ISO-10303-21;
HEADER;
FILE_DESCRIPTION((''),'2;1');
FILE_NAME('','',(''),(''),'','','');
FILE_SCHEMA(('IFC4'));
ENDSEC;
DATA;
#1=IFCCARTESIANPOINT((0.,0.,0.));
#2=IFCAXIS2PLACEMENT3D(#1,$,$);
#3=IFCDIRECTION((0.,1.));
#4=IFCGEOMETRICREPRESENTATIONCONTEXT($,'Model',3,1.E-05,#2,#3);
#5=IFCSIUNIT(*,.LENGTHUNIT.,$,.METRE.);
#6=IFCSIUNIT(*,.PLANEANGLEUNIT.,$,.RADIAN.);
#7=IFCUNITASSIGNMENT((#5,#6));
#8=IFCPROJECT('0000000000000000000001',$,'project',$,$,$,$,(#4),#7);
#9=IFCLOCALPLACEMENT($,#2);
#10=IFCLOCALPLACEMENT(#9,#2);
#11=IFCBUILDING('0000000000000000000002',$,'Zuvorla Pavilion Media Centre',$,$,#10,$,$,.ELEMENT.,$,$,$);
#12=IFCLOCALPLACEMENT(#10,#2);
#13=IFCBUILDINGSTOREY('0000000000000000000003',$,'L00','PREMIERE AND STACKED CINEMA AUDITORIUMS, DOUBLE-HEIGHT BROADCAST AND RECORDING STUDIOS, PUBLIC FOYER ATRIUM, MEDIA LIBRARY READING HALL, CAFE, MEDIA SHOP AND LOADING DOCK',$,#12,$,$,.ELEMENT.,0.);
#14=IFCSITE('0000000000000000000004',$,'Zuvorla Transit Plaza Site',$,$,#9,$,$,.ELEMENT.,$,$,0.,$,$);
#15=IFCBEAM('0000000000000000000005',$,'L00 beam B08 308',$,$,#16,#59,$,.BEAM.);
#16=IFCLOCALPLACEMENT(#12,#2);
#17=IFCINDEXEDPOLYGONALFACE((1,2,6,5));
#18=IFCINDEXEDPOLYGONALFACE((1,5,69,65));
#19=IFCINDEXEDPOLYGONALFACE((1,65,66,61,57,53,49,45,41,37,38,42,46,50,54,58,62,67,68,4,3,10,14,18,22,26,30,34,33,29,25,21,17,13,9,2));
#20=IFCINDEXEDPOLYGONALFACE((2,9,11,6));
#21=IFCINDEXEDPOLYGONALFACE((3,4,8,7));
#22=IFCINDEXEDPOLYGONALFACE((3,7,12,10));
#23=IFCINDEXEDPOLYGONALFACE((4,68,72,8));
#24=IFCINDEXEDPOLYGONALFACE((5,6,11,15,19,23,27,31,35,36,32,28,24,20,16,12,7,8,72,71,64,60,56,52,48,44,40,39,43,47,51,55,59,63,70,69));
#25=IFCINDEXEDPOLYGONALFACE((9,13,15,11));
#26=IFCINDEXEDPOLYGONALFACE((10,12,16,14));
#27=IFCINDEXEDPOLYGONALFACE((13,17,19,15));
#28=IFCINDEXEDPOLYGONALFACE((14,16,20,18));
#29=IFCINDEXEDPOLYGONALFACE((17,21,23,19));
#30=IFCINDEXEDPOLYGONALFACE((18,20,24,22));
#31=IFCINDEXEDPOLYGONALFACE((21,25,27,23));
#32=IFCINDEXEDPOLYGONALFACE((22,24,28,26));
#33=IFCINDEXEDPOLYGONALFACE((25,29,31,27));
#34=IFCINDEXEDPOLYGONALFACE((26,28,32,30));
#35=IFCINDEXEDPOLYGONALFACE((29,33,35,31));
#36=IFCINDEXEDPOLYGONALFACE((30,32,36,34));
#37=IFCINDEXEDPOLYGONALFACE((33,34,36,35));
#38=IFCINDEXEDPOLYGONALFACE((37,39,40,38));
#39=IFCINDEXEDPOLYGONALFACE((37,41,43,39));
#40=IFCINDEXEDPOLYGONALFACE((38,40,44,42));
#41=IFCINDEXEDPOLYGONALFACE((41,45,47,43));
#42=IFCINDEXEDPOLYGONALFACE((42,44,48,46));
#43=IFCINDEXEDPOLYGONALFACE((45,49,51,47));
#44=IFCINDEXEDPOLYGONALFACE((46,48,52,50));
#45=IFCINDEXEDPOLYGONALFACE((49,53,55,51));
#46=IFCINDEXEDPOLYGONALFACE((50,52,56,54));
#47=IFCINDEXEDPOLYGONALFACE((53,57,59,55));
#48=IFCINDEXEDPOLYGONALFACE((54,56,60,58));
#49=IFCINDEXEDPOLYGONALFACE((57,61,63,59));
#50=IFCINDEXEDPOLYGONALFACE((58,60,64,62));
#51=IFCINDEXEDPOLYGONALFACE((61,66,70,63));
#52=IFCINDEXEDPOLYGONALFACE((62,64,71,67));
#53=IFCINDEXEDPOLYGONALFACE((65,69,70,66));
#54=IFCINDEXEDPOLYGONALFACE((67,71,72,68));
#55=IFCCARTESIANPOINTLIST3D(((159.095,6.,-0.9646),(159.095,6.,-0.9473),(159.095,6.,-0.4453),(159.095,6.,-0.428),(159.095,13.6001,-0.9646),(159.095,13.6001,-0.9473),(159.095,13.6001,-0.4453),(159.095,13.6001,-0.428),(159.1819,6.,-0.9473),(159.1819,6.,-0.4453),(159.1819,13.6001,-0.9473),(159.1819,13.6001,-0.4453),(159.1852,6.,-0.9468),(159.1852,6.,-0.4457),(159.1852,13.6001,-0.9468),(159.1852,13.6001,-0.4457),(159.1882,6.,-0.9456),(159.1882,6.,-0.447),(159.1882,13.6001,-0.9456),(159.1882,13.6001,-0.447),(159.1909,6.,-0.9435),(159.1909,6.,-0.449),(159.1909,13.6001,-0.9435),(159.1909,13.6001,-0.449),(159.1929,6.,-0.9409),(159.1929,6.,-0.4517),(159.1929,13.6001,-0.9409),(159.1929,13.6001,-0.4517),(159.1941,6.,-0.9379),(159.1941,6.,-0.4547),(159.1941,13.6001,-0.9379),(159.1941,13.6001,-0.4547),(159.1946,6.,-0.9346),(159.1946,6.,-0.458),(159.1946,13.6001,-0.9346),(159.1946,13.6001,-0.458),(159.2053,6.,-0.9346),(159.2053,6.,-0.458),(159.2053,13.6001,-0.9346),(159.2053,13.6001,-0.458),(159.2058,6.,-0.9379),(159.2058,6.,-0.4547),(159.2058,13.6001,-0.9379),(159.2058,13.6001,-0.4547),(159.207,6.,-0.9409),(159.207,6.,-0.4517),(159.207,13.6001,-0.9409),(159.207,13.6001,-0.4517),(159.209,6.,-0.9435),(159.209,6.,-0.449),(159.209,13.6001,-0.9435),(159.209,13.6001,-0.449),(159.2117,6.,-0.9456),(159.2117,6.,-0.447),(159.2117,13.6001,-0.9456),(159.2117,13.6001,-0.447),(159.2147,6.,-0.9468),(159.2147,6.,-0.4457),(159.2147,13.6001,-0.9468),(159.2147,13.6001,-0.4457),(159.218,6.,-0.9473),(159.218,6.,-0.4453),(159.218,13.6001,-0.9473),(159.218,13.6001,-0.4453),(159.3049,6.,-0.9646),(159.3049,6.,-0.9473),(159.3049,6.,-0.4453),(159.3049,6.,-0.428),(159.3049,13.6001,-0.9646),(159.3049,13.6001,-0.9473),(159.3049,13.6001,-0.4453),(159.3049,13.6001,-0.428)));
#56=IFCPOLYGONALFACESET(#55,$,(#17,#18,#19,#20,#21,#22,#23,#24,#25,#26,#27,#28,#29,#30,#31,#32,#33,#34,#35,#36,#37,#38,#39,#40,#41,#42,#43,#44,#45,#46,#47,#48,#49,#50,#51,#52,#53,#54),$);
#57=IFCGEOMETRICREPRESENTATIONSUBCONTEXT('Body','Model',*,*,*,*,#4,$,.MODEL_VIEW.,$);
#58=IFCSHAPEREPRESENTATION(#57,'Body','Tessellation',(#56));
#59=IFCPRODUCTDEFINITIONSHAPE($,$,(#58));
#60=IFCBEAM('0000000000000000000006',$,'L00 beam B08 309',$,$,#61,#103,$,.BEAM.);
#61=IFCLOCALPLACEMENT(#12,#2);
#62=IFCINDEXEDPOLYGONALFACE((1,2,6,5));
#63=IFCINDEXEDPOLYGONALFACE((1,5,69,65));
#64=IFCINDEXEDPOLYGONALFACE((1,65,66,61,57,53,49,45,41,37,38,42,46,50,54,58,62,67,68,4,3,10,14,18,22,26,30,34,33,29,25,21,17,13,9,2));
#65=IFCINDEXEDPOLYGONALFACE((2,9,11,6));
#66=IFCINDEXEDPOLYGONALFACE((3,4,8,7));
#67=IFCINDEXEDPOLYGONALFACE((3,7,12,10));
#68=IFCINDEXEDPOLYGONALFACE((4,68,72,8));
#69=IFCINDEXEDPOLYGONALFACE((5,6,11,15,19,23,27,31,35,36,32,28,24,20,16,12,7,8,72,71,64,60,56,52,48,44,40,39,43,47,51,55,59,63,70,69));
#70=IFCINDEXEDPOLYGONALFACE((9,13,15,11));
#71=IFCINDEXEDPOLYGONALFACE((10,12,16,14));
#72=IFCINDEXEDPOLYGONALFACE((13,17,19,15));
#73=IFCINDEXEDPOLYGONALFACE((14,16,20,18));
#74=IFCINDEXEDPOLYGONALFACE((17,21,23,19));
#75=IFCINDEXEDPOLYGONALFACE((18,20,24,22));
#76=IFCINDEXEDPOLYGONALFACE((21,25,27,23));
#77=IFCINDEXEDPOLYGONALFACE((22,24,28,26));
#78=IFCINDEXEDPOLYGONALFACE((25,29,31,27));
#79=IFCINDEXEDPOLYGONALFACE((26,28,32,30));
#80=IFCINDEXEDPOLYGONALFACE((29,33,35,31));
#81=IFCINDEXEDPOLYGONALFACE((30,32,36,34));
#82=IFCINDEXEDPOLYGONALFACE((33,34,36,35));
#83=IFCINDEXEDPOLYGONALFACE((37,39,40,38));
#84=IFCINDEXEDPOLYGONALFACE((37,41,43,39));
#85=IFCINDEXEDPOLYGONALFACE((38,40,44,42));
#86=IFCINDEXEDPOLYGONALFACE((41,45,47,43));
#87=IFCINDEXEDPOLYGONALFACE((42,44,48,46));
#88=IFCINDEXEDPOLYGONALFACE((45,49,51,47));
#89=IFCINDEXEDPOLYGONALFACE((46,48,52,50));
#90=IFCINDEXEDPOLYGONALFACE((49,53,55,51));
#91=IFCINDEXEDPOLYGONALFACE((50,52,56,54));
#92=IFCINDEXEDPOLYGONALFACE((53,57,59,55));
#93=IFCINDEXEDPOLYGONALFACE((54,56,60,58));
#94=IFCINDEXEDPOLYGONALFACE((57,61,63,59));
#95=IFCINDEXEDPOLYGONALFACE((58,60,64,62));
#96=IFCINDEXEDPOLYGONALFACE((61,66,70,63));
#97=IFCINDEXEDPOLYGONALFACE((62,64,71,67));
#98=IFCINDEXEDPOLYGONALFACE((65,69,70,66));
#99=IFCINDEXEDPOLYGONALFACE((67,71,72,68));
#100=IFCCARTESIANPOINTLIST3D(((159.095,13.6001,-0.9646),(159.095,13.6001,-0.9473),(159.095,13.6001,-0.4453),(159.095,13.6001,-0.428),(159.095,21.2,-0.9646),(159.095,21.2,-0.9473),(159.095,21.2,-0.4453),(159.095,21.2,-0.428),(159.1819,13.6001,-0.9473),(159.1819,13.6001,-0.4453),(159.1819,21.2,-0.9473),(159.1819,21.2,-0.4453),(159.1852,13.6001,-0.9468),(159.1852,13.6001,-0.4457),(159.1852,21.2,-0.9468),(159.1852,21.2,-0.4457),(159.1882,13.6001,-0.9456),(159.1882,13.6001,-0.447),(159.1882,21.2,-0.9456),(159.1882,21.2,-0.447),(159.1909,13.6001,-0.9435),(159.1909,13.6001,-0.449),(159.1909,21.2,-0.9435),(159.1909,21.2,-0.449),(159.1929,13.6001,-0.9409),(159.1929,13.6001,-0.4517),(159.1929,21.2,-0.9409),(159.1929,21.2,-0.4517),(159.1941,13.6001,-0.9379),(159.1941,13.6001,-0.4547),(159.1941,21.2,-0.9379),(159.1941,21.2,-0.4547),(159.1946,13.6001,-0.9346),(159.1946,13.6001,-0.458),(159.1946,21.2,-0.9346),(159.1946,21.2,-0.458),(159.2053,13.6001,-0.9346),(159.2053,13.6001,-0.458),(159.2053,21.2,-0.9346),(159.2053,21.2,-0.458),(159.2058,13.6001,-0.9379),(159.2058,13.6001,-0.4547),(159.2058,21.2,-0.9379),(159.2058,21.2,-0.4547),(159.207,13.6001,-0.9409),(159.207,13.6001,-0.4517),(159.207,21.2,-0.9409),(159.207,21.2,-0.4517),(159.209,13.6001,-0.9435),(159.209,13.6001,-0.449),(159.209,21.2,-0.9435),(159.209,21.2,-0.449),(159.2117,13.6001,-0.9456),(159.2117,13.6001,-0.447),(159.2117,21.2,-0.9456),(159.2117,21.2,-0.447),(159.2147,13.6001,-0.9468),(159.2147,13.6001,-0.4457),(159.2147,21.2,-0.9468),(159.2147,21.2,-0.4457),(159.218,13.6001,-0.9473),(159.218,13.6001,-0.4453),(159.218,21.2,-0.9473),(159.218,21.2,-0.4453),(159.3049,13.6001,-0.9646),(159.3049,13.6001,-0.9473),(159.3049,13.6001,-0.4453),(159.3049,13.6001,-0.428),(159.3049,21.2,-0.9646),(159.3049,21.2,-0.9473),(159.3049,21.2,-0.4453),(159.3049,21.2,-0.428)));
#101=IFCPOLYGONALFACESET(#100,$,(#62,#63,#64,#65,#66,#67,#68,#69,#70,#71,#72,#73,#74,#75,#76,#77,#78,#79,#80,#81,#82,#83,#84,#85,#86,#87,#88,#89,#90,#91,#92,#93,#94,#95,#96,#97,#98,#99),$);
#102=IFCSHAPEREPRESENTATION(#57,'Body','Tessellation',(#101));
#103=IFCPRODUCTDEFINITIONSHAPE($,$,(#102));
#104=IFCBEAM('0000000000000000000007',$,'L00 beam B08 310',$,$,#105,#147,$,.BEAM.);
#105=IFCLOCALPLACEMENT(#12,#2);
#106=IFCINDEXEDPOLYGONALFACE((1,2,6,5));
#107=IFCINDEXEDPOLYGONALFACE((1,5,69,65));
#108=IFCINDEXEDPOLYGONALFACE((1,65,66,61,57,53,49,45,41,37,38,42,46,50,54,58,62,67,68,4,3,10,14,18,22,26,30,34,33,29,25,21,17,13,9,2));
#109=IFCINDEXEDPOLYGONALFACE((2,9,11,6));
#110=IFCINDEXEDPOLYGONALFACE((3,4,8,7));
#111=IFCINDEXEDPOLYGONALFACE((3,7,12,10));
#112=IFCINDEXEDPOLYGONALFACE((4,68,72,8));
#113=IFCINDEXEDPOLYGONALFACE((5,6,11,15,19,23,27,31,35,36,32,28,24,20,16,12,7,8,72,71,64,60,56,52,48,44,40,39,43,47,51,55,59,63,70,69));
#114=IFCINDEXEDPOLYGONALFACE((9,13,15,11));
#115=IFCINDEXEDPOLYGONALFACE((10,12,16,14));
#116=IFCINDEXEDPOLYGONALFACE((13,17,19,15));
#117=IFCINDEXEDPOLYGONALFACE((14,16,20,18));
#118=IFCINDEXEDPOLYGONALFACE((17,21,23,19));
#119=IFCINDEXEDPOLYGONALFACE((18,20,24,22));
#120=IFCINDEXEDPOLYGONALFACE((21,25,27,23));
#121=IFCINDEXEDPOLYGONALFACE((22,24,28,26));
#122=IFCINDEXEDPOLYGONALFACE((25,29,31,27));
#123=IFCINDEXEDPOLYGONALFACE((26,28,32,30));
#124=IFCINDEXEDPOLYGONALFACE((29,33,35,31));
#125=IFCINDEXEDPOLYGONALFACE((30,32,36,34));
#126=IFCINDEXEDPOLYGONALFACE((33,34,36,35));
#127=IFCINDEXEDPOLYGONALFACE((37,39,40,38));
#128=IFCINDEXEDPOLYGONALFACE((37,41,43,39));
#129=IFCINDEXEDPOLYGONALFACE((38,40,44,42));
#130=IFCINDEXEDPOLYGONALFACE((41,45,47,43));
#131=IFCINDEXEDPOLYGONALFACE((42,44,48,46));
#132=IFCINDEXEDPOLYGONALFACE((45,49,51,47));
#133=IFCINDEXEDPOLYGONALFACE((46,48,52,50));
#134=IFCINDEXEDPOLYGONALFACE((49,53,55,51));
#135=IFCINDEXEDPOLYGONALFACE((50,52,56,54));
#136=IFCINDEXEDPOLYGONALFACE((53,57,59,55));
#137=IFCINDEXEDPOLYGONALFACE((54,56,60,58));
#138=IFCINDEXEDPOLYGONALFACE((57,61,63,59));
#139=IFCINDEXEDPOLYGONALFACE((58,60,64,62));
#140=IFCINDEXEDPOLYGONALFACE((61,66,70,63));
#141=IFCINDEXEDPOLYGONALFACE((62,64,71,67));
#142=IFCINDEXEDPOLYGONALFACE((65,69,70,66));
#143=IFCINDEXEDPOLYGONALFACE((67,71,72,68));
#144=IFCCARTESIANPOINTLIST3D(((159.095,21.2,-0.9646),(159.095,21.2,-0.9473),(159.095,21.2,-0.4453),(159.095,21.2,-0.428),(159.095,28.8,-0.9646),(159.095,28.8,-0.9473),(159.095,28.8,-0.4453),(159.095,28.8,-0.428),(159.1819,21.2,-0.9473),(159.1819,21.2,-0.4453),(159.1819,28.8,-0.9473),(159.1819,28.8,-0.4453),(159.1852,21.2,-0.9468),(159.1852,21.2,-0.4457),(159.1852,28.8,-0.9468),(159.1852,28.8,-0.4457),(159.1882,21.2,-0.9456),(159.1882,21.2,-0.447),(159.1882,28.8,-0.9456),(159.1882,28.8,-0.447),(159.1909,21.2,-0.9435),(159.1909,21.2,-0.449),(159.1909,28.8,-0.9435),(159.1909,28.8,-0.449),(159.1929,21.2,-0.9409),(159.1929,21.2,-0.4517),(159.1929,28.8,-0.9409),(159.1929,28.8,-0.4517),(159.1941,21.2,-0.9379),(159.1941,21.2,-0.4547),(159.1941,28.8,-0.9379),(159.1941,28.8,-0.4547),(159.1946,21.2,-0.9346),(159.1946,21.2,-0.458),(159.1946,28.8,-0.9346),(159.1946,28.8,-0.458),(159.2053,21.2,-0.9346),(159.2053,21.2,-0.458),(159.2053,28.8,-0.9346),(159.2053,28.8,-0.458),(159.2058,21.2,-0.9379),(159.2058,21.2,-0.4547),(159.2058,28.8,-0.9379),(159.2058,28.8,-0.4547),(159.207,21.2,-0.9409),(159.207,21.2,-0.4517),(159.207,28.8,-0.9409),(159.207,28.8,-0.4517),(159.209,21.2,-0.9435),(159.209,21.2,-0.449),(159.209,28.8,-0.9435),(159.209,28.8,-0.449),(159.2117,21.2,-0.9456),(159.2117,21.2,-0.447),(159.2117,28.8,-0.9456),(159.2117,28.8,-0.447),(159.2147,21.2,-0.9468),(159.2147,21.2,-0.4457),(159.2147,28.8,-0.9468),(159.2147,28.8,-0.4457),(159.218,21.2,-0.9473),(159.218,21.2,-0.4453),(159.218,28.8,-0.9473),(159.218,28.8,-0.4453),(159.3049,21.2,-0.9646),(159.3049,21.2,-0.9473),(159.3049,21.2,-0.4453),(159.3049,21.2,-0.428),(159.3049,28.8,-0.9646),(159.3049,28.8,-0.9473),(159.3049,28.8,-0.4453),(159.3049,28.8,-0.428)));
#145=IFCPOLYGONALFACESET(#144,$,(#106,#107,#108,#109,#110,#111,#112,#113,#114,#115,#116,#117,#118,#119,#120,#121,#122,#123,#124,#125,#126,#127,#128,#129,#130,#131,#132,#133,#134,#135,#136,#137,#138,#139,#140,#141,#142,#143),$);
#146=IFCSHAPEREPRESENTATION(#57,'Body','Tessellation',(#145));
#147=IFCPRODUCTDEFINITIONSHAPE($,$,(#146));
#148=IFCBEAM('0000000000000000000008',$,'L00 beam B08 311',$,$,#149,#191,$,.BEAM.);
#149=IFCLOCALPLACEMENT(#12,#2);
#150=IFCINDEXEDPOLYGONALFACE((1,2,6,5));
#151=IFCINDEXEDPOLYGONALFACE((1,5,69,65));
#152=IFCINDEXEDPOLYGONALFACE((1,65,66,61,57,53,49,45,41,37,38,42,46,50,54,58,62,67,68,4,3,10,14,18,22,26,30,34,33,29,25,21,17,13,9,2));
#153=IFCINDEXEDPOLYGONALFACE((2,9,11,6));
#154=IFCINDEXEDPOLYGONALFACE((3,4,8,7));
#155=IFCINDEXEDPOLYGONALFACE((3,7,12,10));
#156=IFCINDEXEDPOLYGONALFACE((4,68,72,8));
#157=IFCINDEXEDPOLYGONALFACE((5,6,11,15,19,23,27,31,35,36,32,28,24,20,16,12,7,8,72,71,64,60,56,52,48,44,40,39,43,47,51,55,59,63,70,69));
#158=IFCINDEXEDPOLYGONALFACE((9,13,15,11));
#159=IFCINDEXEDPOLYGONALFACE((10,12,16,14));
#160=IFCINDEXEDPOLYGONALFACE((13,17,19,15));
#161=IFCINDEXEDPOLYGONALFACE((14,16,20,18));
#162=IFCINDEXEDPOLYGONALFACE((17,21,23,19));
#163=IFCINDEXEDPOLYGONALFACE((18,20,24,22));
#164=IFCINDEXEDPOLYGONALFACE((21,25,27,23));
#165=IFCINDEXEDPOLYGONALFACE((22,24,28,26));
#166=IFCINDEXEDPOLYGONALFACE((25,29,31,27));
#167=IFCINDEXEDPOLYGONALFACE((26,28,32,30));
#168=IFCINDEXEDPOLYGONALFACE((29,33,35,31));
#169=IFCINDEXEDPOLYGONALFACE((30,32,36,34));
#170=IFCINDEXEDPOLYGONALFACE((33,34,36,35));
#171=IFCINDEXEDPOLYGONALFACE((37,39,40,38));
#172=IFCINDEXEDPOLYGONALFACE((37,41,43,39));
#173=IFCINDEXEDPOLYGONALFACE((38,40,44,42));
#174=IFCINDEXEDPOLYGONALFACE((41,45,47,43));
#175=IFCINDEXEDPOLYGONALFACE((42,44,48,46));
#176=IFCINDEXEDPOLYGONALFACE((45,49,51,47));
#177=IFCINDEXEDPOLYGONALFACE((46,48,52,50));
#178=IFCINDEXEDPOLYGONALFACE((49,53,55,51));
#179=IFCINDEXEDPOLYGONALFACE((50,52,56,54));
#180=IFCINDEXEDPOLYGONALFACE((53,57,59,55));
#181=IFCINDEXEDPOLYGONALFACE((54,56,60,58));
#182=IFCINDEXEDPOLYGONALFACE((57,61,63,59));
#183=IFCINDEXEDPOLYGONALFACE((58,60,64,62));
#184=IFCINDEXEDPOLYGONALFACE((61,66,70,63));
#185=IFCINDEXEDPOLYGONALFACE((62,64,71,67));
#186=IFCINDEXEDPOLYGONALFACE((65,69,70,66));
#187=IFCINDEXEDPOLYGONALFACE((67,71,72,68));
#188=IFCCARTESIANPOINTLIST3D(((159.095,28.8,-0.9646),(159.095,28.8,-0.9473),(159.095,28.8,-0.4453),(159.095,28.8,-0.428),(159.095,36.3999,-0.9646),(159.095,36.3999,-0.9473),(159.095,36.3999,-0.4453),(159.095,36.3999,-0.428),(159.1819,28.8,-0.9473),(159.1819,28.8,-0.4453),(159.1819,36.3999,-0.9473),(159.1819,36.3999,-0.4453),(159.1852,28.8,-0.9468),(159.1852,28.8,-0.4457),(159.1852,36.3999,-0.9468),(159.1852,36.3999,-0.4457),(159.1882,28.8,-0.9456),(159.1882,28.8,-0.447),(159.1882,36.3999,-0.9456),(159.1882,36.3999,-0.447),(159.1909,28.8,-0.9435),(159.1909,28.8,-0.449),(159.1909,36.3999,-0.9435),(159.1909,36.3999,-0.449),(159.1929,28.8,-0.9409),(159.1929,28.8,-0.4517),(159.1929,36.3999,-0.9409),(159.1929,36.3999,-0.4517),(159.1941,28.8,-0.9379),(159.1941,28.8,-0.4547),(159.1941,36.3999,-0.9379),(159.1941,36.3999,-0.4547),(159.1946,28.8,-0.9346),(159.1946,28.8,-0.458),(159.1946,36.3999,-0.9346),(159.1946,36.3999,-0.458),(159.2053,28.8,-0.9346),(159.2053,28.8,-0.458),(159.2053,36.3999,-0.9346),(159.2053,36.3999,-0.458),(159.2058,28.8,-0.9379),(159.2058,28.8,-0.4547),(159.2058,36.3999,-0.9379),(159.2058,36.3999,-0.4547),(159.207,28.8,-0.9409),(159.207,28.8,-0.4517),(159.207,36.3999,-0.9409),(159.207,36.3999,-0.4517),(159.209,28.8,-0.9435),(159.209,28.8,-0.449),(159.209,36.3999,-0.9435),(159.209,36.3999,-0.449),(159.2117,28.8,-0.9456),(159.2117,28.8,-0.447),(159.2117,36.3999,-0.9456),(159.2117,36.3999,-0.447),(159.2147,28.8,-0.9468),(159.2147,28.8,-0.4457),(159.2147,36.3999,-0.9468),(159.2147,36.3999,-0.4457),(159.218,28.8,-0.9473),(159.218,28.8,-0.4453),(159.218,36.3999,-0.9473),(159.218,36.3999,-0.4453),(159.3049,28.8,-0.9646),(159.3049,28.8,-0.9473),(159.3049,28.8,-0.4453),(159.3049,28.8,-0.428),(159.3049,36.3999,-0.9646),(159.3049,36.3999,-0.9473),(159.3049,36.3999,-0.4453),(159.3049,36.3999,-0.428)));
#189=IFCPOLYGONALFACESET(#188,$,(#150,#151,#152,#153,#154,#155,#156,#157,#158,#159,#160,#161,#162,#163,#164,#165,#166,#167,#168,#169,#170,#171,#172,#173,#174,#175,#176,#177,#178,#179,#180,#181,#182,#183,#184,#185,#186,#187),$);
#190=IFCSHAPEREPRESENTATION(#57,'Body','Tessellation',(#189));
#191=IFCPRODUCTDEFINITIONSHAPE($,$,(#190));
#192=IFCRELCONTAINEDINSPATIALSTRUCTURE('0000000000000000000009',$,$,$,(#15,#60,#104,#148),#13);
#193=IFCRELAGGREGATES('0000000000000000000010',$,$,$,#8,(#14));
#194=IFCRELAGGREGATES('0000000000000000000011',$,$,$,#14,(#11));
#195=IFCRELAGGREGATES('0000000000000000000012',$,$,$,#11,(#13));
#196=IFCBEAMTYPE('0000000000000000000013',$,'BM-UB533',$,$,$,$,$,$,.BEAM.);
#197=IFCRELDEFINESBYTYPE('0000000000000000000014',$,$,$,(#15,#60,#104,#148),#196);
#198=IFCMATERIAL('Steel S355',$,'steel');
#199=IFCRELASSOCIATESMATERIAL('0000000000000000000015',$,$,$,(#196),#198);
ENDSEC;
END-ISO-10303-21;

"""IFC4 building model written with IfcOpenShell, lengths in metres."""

from ifc_helpers import new_model, si_unit, direction, frame, origin, origin_2d, place, context, subcontext, project, spatial, i_section, extrude, material, material_profile, profile_set, type_object, element, save


model = new_model("IFC4")

# Units and contexts
model_context = context("Model", 3, precision=1e-05, world=origin(), true_north=direction((0.0, 1.0)))
body_context = subcontext(model_context, "Body", "Model", "MODEL_VIEW")
ifc_project = project(units=[si_unit("LENGTHUNIT", "METRE"), si_unit("PLANEANGLEUNIT", "RADIAN")], contexts=[model_context])

# Site, building, storey
site_placement = place(None, origin())
site = spatial("IfcSite", under=ifc_project, at=site_placement, Name="Zuvorla Transit Plaza Site", CompositionType="ELEMENT", RefElevation=0.0)
building_placement = place(site_placement, origin())
building = spatial("IfcBuilding", under=site, at=building_placement, Name="Zuvorla Pavilion Media Centre", CompositionType="ELEMENT")
storey_placement = place(building_placement, origin())
storey = spatial("IfcBuildingStorey", under=building, at=storey_placement, Name="L00", Description="PREMIERE AND STACKED CINEMA AUDITORIUMS, DOUBLE-HEIGHT BROADCAST AND RECORDING STUDIOS, PUBLIC FOYER ATRIUM, MEDIA LIBRARY READING HALL, CAFE, MEDIA SHOP AND LOADING DOCK", CompositionType="ELEMENT", Elevation=0.0)

# Beams
ifc_material_1 = material(Name="Steel S355", Category="steel")
ifc_material_profile_1 = material_profile(ifc_material_1, i_section(OverallWidth=0.21, OverallDepth=0.5366, WebThickness=0.0107, FlangeThickness=0.0173, FilletRadius=0.0127, at=origin_2d()), Name="UB 533x210x101")
ifc_profile_set_1 = profile_set([ifc_material_profile_1], Name="Steel S355")
beam_type_1 = type_object("IfcBeamType", Name="BM-UB533", PredefinedType="BEAM", material=ifc_profile_set_1)
beam_1_placement = place(storey_placement, frame((159.2, 6.0, -0.6963), z_axis=(0.0, 1.0, 0.0), x_axis=(-1.0, 0.0, 0.0)))
element("IfcBeam", 1, at=beam_1_placement, inside=storey, type_object=beam_type_1, Name="L00 beam B08 308", PredefinedType="BEAM", context=body_context, shape_type="SweptSolid", body=[
    extrude(i_section(OverallWidth=0.21, OverallDepth=0.5366, WebThickness=0.0107, FlangeThickness=0.0173, FilletRadius=0.0127, at=origin_2d()), origin(), (0.0, 0.0, 1.0), 7.6001),
])
beam_2_placement = place(storey_placement, frame((159.2, 13.6001, -0.6963), z_axis=(0.0, 1.0, 0.0), x_axis=(-1.0, 0.0, 0.0)))
element("IfcBeam", 2, at=beam_2_placement, inside=storey, type_object=beam_type_1, Name="L00 beam B08 309", PredefinedType="BEAM", context=body_context, shape_type="SweptSolid", body=[
    extrude(i_section(OverallWidth=0.21, OverallDepth=0.5366, WebThickness=0.0107, FlangeThickness=0.0173, FilletRadius=0.0127, at=origin_2d()), origin(), (0.0, 0.0, 1.0), 7.5999),
])
beam_3_placement = place(storey_placement, frame((159.2, 21.2, -0.6963), z_axis=(0.0, 1.0, 0.0), x_axis=(-1.0, 0.0, 0.0)))
element("IfcBeam", 3, at=beam_3_placement, inside=storey, type_object=beam_type_1, Name="L00 beam B08 310", PredefinedType="BEAM", context=body_context, shape_type="SweptSolid", body=[
    extrude(i_section(OverallWidth=0.21, OverallDepth=0.5366, WebThickness=0.0107, FlangeThickness=0.0173, FilletRadius=0.0127, at=origin_2d()), origin(), (0.0, 0.0, 1.0), 7.6001),
])
beam_4_placement = place(storey_placement, frame((159.2, 28.8, -0.6963), z_axis=(0.0, 1.0, 0.0), x_axis=(-1.0, 0.0, 0.0)))
element("IfcBeam", 4, at=beam_4_placement, inside=storey, type_object=beam_type_1, Name="L00 beam B08 311", PredefinedType="BEAM", context=body_context, shape_type="SweptSolid", body=[
    extrude(i_section(OverallWidth=0.21, OverallDepth=0.5366, WebThickness=0.0107, FlangeThickness=0.0173, FilletRadius=0.0127, at=origin_2d()), origin(), (0.0, 0.0, 1.0), 7.5999),
])

save(model, "model.ifc")
